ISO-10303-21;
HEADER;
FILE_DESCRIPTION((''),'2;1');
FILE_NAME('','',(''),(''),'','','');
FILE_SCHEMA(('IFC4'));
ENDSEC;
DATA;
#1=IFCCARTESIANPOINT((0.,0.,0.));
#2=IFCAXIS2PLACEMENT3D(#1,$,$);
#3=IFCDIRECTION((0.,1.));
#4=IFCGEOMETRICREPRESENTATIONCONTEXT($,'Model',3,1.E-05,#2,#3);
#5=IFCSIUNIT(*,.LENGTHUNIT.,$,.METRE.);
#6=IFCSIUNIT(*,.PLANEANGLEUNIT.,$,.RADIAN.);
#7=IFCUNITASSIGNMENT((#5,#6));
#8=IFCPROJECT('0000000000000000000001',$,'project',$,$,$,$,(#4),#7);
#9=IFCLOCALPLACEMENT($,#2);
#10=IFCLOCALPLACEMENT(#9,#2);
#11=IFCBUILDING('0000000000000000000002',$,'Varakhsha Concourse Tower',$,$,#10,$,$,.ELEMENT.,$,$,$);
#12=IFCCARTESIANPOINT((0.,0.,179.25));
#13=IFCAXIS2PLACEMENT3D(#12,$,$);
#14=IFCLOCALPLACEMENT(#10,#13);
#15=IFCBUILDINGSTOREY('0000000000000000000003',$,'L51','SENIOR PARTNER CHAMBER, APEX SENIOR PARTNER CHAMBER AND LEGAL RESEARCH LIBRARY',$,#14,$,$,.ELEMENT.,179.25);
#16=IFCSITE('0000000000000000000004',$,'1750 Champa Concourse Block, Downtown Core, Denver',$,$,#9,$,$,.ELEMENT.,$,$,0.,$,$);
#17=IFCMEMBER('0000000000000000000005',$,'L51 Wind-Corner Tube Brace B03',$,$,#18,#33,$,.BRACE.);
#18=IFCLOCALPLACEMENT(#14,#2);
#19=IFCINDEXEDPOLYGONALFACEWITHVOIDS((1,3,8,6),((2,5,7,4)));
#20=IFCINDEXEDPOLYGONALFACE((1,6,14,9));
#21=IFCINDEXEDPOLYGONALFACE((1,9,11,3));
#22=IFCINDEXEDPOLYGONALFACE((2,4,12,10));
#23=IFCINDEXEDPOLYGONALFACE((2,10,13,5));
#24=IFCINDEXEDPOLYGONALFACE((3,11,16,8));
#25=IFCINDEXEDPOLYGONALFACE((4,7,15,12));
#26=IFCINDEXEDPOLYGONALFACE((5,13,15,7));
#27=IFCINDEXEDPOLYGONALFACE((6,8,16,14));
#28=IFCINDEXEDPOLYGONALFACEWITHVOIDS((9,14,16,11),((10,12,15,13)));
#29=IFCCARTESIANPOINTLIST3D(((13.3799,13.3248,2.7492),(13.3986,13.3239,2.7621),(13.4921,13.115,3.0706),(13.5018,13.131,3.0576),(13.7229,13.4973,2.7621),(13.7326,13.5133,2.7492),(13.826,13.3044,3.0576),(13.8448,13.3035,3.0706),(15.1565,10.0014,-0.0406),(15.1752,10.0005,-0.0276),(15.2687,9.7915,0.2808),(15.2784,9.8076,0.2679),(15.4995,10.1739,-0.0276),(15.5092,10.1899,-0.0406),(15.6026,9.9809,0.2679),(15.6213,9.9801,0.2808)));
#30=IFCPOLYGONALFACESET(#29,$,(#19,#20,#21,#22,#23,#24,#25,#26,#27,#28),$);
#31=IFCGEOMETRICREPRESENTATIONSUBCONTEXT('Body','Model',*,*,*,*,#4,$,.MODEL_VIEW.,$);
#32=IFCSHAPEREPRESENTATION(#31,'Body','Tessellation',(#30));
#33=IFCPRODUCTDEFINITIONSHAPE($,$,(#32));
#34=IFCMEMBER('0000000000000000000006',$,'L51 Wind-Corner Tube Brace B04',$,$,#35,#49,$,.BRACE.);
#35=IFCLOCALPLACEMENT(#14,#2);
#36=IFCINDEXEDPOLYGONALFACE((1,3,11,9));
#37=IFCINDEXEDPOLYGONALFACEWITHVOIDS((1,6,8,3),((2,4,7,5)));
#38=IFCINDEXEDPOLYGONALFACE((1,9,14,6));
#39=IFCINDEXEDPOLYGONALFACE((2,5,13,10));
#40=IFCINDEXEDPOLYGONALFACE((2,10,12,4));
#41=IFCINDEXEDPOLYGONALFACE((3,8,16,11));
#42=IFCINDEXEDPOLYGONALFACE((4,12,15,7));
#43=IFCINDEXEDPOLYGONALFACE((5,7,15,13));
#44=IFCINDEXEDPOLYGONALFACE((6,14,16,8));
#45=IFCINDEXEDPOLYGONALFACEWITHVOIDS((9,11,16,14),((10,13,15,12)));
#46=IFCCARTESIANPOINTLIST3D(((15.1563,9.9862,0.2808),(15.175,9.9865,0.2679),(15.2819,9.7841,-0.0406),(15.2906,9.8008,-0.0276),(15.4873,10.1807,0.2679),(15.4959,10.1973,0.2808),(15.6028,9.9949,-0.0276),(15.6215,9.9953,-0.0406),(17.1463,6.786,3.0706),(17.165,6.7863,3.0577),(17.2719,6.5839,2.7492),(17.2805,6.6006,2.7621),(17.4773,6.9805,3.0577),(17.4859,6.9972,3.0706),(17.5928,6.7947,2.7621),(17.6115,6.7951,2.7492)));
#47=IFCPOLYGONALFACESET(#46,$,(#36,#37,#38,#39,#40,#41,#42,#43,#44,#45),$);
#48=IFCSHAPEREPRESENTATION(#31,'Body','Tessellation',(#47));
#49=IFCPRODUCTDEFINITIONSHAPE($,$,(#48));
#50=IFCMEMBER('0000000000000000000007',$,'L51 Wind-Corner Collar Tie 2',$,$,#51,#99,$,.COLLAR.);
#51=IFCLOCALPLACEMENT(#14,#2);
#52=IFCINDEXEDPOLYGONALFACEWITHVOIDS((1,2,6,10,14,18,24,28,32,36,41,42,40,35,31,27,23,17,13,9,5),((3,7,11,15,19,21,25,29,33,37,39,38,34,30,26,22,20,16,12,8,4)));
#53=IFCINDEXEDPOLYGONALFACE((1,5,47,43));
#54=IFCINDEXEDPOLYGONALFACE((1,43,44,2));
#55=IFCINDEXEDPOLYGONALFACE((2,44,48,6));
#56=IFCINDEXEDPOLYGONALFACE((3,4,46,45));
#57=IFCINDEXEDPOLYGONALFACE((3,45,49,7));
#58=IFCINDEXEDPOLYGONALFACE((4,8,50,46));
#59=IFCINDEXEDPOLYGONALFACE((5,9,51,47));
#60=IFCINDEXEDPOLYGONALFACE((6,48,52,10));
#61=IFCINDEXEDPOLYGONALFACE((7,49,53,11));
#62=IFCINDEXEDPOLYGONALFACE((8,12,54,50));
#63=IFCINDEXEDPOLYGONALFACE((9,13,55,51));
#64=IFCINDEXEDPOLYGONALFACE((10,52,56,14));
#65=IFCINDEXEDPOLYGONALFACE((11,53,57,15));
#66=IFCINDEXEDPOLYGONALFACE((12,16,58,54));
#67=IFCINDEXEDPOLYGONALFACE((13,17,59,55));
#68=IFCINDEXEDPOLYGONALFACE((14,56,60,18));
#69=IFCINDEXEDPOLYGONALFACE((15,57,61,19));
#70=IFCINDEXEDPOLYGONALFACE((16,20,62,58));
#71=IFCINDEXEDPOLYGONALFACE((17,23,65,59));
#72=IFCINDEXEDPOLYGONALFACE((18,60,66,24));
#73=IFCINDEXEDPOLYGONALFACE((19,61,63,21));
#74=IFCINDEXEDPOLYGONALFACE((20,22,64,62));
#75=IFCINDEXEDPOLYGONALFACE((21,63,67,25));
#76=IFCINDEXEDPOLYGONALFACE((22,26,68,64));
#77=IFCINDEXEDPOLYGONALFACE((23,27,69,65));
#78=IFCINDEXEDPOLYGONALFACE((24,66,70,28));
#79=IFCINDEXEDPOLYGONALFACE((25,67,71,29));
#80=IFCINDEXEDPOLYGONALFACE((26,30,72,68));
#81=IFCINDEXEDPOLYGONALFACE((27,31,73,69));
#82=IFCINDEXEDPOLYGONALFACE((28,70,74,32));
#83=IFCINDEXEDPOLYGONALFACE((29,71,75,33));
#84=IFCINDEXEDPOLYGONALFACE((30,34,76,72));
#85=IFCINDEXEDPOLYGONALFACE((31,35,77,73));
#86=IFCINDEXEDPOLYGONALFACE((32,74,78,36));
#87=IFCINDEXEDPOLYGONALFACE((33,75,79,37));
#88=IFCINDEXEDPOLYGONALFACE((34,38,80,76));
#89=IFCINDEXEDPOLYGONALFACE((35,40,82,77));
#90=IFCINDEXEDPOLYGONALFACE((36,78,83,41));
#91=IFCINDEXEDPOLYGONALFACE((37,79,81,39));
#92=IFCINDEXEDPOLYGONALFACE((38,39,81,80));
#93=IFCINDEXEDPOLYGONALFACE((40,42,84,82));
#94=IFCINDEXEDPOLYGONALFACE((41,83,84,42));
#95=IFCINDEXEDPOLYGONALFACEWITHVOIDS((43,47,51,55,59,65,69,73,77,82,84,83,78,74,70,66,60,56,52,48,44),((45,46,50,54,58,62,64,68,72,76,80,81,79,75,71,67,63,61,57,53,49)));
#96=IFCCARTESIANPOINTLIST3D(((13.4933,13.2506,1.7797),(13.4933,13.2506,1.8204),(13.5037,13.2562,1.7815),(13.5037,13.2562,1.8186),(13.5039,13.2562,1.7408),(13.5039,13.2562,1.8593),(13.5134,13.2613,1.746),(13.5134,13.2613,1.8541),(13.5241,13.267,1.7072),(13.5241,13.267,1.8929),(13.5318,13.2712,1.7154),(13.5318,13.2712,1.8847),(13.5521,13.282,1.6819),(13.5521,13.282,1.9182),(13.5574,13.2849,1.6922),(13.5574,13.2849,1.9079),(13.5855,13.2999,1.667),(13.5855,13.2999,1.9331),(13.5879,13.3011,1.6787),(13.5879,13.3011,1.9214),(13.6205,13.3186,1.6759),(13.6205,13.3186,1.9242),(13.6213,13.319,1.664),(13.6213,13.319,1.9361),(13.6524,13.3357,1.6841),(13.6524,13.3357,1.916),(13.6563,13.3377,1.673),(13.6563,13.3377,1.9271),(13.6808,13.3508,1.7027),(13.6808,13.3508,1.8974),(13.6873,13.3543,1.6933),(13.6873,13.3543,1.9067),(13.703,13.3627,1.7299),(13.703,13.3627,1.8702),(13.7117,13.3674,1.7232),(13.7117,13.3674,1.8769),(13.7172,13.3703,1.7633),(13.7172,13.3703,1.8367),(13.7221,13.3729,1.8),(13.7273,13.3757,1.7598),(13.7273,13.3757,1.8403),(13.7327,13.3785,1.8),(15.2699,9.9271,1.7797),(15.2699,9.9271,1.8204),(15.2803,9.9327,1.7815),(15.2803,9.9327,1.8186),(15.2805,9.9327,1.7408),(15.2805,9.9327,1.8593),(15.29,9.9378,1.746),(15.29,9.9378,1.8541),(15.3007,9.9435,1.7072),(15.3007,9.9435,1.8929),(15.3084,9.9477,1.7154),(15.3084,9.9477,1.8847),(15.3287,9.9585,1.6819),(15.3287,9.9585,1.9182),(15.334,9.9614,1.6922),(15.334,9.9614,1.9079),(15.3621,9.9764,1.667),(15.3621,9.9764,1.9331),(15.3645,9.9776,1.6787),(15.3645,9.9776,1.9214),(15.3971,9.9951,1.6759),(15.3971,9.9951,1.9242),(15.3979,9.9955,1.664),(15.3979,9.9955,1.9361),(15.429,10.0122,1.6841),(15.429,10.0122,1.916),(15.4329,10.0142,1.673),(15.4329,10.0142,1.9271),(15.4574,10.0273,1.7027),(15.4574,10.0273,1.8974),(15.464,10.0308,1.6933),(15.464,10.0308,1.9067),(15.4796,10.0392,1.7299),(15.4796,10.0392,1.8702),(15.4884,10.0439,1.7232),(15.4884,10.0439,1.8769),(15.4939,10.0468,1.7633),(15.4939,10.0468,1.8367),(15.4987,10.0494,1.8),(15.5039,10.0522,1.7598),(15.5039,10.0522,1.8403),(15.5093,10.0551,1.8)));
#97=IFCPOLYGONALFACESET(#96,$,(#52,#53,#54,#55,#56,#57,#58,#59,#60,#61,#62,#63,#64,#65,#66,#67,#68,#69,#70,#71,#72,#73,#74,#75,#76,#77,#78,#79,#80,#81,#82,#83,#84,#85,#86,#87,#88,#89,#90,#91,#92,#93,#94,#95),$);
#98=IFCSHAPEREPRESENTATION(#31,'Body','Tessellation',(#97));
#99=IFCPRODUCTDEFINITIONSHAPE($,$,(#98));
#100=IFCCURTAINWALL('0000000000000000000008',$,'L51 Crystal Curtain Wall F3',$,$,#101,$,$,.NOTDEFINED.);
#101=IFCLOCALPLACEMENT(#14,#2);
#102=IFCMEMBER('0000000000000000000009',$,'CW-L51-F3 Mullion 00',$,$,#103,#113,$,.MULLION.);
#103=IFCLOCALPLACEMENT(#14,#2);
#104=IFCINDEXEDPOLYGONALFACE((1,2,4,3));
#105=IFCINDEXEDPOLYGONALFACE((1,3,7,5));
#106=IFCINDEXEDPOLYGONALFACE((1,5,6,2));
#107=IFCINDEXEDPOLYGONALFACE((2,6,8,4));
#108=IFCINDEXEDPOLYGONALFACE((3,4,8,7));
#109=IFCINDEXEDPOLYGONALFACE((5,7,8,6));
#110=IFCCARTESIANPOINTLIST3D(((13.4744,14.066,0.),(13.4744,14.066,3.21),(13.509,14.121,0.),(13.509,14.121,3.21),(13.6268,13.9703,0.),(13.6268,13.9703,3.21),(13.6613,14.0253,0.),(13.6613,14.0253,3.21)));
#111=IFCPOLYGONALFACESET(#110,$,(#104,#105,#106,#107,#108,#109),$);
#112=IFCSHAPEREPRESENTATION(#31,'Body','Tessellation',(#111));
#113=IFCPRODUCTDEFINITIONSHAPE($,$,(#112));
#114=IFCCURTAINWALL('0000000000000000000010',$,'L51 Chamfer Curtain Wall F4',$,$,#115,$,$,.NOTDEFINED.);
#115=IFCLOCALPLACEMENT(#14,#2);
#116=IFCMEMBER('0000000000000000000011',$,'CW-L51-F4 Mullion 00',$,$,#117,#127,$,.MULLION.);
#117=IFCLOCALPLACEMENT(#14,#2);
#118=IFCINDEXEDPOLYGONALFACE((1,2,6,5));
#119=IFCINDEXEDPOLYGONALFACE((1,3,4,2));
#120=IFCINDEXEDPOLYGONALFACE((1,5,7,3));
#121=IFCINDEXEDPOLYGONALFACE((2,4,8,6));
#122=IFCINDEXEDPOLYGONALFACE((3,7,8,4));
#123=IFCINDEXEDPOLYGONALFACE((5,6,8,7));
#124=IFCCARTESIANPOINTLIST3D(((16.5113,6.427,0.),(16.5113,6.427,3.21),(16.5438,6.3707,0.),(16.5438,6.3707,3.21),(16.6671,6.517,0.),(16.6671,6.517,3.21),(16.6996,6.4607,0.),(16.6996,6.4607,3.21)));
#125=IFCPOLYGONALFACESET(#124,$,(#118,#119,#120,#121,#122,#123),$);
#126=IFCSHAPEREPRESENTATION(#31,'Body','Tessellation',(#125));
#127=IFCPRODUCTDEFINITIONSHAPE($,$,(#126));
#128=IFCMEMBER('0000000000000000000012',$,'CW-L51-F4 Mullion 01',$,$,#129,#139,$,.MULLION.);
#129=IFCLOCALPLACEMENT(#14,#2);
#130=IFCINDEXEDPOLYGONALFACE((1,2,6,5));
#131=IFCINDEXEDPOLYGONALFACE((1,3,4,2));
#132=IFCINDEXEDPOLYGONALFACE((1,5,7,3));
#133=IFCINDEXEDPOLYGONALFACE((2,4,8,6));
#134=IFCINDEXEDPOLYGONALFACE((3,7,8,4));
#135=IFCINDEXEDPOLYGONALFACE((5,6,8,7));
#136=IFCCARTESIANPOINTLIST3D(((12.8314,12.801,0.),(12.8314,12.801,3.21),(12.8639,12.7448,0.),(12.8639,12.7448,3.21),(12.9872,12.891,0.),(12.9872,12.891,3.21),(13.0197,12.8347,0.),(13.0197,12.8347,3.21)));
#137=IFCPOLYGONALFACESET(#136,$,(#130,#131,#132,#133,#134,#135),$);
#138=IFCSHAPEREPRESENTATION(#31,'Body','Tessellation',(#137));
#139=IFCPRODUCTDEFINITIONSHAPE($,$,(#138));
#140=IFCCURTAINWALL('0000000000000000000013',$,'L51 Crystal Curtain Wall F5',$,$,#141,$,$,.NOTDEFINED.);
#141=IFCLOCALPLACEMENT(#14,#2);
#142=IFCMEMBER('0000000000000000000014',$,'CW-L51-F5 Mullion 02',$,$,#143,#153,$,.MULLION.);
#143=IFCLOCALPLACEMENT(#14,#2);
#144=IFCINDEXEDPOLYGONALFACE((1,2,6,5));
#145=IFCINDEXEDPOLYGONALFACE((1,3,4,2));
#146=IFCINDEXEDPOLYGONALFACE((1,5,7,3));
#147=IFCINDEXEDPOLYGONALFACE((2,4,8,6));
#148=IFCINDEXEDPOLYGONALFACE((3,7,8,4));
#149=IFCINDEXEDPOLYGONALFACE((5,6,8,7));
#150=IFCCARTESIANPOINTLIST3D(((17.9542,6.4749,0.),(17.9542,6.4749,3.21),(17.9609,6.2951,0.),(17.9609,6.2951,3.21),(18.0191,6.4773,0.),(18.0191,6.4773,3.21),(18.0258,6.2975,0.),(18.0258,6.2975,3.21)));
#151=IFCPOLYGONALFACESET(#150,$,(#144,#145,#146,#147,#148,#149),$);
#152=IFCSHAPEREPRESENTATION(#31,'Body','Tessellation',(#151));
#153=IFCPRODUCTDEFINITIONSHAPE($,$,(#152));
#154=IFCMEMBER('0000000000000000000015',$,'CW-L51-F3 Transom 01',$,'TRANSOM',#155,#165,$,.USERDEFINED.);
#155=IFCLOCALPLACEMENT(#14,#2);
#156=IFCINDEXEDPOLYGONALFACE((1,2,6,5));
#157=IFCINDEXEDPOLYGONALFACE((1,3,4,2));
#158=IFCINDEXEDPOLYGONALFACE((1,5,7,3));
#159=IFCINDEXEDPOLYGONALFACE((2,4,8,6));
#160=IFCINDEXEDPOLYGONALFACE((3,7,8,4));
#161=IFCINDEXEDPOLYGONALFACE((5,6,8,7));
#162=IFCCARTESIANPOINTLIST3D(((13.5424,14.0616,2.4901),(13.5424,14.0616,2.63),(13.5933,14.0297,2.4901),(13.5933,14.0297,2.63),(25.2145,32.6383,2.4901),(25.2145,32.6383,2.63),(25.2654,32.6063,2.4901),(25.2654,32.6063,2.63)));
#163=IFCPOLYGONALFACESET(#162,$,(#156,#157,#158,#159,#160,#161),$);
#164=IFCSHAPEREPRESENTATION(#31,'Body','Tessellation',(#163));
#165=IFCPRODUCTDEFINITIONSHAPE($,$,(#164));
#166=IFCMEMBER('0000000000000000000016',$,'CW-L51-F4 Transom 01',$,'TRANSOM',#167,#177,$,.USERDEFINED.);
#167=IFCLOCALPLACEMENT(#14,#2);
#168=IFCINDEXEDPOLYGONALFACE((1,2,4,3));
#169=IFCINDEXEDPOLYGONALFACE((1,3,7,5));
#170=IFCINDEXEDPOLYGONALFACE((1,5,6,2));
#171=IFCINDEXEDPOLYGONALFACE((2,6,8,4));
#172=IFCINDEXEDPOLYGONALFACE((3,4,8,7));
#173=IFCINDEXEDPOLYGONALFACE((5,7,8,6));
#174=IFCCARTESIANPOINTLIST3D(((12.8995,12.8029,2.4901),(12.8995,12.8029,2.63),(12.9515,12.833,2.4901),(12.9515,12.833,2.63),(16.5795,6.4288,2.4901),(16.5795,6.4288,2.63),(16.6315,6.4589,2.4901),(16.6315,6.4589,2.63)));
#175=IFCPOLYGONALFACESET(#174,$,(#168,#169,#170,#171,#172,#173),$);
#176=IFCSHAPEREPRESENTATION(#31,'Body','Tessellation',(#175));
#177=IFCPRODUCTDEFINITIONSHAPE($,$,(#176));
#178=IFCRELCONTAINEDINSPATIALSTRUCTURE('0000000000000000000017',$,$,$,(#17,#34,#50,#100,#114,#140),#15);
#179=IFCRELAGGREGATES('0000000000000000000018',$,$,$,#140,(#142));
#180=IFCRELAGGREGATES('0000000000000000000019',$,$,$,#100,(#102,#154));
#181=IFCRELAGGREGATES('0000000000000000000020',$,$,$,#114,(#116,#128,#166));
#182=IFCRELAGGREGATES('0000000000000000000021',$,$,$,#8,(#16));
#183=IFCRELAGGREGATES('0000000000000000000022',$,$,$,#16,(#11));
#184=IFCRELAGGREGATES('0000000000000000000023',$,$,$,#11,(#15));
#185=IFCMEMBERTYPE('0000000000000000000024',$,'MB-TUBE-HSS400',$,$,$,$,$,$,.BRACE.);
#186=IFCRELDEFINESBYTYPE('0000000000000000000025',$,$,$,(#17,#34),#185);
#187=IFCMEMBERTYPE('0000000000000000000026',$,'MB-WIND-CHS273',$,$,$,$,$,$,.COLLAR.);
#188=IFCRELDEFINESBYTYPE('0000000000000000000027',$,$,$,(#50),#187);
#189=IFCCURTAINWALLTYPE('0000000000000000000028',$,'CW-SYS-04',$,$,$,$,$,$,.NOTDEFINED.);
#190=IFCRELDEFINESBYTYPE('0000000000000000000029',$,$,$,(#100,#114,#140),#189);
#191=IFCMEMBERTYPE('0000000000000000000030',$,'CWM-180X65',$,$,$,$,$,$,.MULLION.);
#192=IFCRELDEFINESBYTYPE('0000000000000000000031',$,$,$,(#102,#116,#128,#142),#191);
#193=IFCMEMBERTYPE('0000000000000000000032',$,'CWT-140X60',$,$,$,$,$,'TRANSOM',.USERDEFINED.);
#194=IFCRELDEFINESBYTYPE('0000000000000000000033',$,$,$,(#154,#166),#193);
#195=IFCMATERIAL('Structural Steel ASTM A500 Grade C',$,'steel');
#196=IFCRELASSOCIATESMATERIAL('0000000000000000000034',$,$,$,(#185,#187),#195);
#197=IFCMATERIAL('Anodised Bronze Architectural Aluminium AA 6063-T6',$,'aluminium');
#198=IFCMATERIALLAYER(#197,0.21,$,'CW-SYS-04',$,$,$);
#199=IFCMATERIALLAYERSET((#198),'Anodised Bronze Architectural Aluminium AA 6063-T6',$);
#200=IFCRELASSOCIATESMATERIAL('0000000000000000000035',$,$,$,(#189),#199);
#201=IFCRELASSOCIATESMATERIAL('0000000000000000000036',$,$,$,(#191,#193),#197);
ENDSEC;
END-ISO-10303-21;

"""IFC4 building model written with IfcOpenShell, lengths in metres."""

from ifc_helpers import new_model, si_unit, direction, frame, origin, origin_2d, place, context, subcontext, project, spatial, rectangle, hollow_rectangle, hollow_circle, extrude, source, transform, mapped, material, layer, layer_set, material_profile, profile_set, type_object, type_shapes, element, aggregate, save


model = new_model("IFC4")

# Units and contexts
model_context = context("Model", 3, precision=1e-05, world=origin(), true_north=direction((0.0, 1.0)))
body_context = subcontext(model_context, "Body", "Model", "MODEL_VIEW")
ifc_project = project(units=[si_unit("LENGTHUNIT", "METRE"), si_unit("PLANEANGLEUNIT", "RADIAN")], contexts=[model_context])

# Site, building, storey
site_placement = place(None, origin())
site = spatial("IfcSite", under=ifc_project, at=site_placement, Name="1750 Champa Concourse Block, Downtown Core, Denver", CompositionType="ELEMENT", RefElevation=0.0)
building_placement = place(site_placement, origin())
building = spatial("IfcBuilding", under=site, at=building_placement, Name="Varakhsha Concourse Tower", CompositionType="ELEMENT")
storey_placement = place(building_placement, frame((0.0, 0.0, 179.25)))
storey = spatial("IfcBuildingStorey", under=building, at=storey_placement, Name="L51", Description="SENIOR PARTNER CHAMBER, APEX SENIOR PARTNER CHAMBER AND LEGAL RESEARCH LIBRARY", CompositionType="ELEMENT", Elevation=179.25)

# Members
ifc_material_1 = material(Name="Structural Steel ASTM A500 Grade C", Category="steel")
ifc_material_profile_1 = material_profile(ifc_material_1, hollow_rectangle(XDim=0.3999, YDim=0.3999, WallThickness=0.0161, at=origin_2d()), Name="HSS 400x400x16")
ifc_profile_set_1 = profile_set([ifc_material_profile_1], Name="Structural Steel ASTM A500 Grade C")
member_type_1 = type_object("IfcMemberType", Name="MB-TUBE-HSS400", PredefinedType="BRACE", material=ifc_profile_set_1)
shared_shape_1 = source(origin(), body_context, "Body", "SweptSolid", [
    extrude(hollow_rectangle(XDim=0.3999, YDim=0.3999, WallThickness=0.0161, at=origin_2d()), origin(), (0.0, 0.0, 1.0), 4.6887),
])
type_shapes(member_type_1, [shared_shape_1])
for number, where, z_axis, x_axis, name in (
    (1, (15.3889, 9.9907, 0.1201), (-0.378905, 0.708814, 0.594991), (-0.881902, -0.471432, 0.0), "L51 Wind-Corner Tube Brace B03"),
    (2, (15.3889, 9.9907, 0.1201), (0.424419, -0.682528, 0.594999), (0.849204, 0.528064, 0.0), "L51 Wind-Corner Tube Brace B04"),
):
    element("IfcMember", number, at=place(storey_placement, frame(where, z_axis=z_axis, x_axis=x_axis)), inside=storey, type_object=member_type_1, Name=name, PredefinedType="BRACE", context=body_context, shape_type="MappedRepresentation", body=[
        mapped(shared_shape_1, transform((0.0, 0.0, 0.0), scale=1.0)),
    ])
ifc_material_profile_2 = material_profile(ifc_material_1, hollow_circle(Radius=0.1365, WallThickness=0.012, at=origin_2d()), Name="CHS 273x12")
ifc_profile_set_2 = profile_set([ifc_material_profile_2], Name="Structural Steel ASTM A500 Grade C")
member_type_2 = type_object("IfcMemberType", Name="MB-WIND-CHS273", PredefinedType="COLLAR", material=ifc_profile_set_2)
shared_shape_2 = source(origin(), body_context, "Body", "SweptSolid", [
    extrude(hollow_circle(Radius=0.1365, WallThickness=0.012, at=origin_2d()), origin(), (0.0, 0.0, 1.0), 3.7686),
])
type_shapes(member_type_2, [shared_shape_2])
member_1_placement = place(storey_placement, frame((13.6123, 13.3142, 1.8), z_axis=(0.471432, -0.881902, 0.0), x_axis=(0.881902, 0.471432, 0.0)))
element("IfcMember", 3, at=member_1_placement, inside=storey, type_object=member_type_2, Name="L51 Wind-Corner Collar Tie 2", PredefinedType="COLLAR", context=body_context, shape_type="MappedRepresentation", body=[
    mapped(shared_shape_2, transform((0.0, 0.0, 0.0), scale=1.0)),
])

# Curtain wall, member
ifc_material_2 = material(Name="Anodised Bronze Architectural Aluminium AA 6063-T6", Category="aluminium")
ifc_layer_1 = layer(ifc_material_2, 0.21, Name="CW-SYS-04")
ifc_layer_set_1 = layer_set([ifc_layer_1], Name="Anodised Bronze Architectural Aluminium AA 6063-T6")
curtain_wall_type = type_object("IfcCurtainWallType", Name="CW-SYS-04", PredefinedType="NOTDEFINED", material=ifc_layer_set_1)
curtain_wall_1_placement = place(storey_placement, origin())
curtain_wall_1 = element("IfcCurtainWall", 4, at=curtain_wall_1_placement, inside=storey, type_object=curtain_wall_type, Name="L51 Crystal Curtain Wall F3", PredefinedType="NOTDEFINED")
ifc_material_profile_3 = material_profile(ifc_material_2, rectangle(XDim=0.0649, YDim=0.1799, at=origin_2d()), Name="CWM-180X65")
ifc_profile_set_3 = profile_set([ifc_material_profile_3], Name="Anodised Bronze Architectural Aluminium AA 6063-T6")
member_type_3 = type_object("IfcMemberType", Name="CWM-180X65", PredefinedType="MULLION", material=ifc_profile_set_3)
shared_shape_3 = source(origin(), body_context, "Body", "SweptSolid", [
    extrude(rectangle(XDim=0.0649, YDim=0.1799, at=origin_2d()), origin(), (0.0, 0.0, 1.0), 3.21),
])
type_shapes(member_type_3, [shared_shape_3])
member_2_placement = place(storey_placement, frame((13.5679, 14.0457, 0.0), z_axis=(0.0, 0.0, 1.0), x_axis=(0.532022, 0.84673, 0.0)))
member_2 = element("IfcMember", 5, at=member_2_placement, type_object=member_type_3, Name="CW-L51-F3 Mullion 00", PredefinedType="MULLION", context=body_context, shape_type="MappedRepresentation", body=[
    mapped(shared_shape_3, transform((0.0, 0.0, 0.0), scale=1.0)),
])

# Curtain wall, members
curtain_wall_2_placement = place(storey_placement, origin())
curtain_wall_2 = element("IfcCurtainWall", 6, at=curtain_wall_2_placement, inside=storey, type_object=curtain_wall_type, Name="L51 Chamfer Curtain Wall F4", PredefinedType="NOTDEFINED")
member_3_placement = place(storey_placement, frame((16.6055, 6.4438, 0.0), z_axis=(0.0, 0.0, 1.0), x_axis=(-0.499997, 0.866027, 0.0)))
member_3 = element("IfcMember", 7, at=member_3_placement, type_object=member_type_3, Name="CW-L51-F4 Mullion 00", PredefinedType="MULLION", context=body_context, shape_type="MappedRepresentation", body=[
    mapped(shared_shape_3, transform((0.0, 0.0, 0.0), scale=1.0)),
])
member_4_placement = place(storey_placement, frame((12.9255, 12.8179, 0.0), z_axis=(0.0, 0.0, 1.0), x_axis=(-0.499997, 0.866027, 0.0)))
member_4 = element("IfcMember", 8, at=member_4_placement, type_object=member_type_3, Name="CW-L51-F4 Mullion 01", PredefinedType="MULLION", context=body_context, shape_type="MappedRepresentation", body=[
    mapped(shared_shape_3, transform((0.0, 0.0, 0.0), scale=1.0)),
])

# Curtain wall, member
curtain_wall_3_placement = place(storey_placement, origin())
curtain_wall_3 = element("IfcCurtainWall", 9, at=curtain_wall_3_placement, inside=storey, type_object=curtain_wall_type, Name="L51 Crystal Curtain Wall F5", PredefinedType="NOTDEFINED")
member_5_placement = place(storey_placement, frame((17.99, 6.3862, 0.0), z_axis=(0.0, 0.0, 1.0), x_axis=(-0.999301, -0.037376, 0.0)))
member_5 = element("IfcMember", 10, at=member_5_placement, type_object=member_type_3, Name="CW-L51-F5 Mullion 02", PredefinedType="MULLION", context=body_context, shape_type="MappedRepresentation", body=[
    mapped(shared_shape_3, transform((0.0, 0.0, 0.0), scale=1.0)),
])
aggregate(curtain_wall_3, [member_5])

# Members
ifc_material_profile_4 = material_profile(ifc_material_2, rectangle(XDim=0.0601, YDim=0.1399, at=origin_2d()), Name="CWT-140X60")
ifc_profile_set_4 = profile_set([ifc_material_profile_4], Name="Anodised Bronze Architectural Aluminium AA 6063-T6")
member_type_4 = type_object("IfcMemberType", Name="CWT-140X60", ElementType="TRANSOM", PredefinedType="USERDEFINED", material=ifc_profile_set_4)
shared_shape_4 = source(origin(), body_context, "Body", "SweptSolid", [
    extrude(rectangle(XDim=0.0601, YDim=0.1399, at=origin_2d()), origin(), (0.0, 0.0, 1.0), 21.9392),
])
member_6_placement = place(storey_placement, frame((13.5679, 14.0457, 2.5601), z_axis=(0.53202, 0.846732, 0.0), x_axis=(-0.846732, 0.53202, 0.0)))
member_6 = element("IfcMember", 11, at=member_6_placement, type_object=member_type_4, Name="CW-L51-F3 Transom 01", ObjectType="TRANSOM", PredefinedType="USERDEFINED", context=body_context, shape_type="MappedRepresentation", body=[
    mapped(shared_shape_4, transform((0.0, 0.0, 0.0), scale=1.0)),
])
shared_shape_5 = source(origin(), body_context, "Body", "SweptSolid", [
    extrude(rectangle(XDim=0.0601, YDim=0.1399, at=origin_2d()), origin(), (0.0, 0.0, 1.0), 7.3601),
])
type_shapes(member_type_4, [shared_shape_4, shared_shape_5])
member_7_placement = place(storey_placement, frame((16.6055, 6.4438, 2.5601), z_axis=(-0.499989, 0.866032, 0.0), x_axis=(-0.866032, -0.499989, 0.0)))
member_7 = element("IfcMember", 12, at=member_7_placement, type_object=member_type_4, Name="CW-L51-F4 Transom 01", ObjectType="TRANSOM", PredefinedType="USERDEFINED", context=body_context, shape_type="MappedRepresentation", body=[
    mapped(shared_shape_5, transform((0.0, 0.0, 0.0), scale=1.0)),
])

aggregate(curtain_wall_1, [member_2, member_6])
aggregate(curtain_wall_2, [member_3, member_4, member_7])

save(model, "model.ifc")
